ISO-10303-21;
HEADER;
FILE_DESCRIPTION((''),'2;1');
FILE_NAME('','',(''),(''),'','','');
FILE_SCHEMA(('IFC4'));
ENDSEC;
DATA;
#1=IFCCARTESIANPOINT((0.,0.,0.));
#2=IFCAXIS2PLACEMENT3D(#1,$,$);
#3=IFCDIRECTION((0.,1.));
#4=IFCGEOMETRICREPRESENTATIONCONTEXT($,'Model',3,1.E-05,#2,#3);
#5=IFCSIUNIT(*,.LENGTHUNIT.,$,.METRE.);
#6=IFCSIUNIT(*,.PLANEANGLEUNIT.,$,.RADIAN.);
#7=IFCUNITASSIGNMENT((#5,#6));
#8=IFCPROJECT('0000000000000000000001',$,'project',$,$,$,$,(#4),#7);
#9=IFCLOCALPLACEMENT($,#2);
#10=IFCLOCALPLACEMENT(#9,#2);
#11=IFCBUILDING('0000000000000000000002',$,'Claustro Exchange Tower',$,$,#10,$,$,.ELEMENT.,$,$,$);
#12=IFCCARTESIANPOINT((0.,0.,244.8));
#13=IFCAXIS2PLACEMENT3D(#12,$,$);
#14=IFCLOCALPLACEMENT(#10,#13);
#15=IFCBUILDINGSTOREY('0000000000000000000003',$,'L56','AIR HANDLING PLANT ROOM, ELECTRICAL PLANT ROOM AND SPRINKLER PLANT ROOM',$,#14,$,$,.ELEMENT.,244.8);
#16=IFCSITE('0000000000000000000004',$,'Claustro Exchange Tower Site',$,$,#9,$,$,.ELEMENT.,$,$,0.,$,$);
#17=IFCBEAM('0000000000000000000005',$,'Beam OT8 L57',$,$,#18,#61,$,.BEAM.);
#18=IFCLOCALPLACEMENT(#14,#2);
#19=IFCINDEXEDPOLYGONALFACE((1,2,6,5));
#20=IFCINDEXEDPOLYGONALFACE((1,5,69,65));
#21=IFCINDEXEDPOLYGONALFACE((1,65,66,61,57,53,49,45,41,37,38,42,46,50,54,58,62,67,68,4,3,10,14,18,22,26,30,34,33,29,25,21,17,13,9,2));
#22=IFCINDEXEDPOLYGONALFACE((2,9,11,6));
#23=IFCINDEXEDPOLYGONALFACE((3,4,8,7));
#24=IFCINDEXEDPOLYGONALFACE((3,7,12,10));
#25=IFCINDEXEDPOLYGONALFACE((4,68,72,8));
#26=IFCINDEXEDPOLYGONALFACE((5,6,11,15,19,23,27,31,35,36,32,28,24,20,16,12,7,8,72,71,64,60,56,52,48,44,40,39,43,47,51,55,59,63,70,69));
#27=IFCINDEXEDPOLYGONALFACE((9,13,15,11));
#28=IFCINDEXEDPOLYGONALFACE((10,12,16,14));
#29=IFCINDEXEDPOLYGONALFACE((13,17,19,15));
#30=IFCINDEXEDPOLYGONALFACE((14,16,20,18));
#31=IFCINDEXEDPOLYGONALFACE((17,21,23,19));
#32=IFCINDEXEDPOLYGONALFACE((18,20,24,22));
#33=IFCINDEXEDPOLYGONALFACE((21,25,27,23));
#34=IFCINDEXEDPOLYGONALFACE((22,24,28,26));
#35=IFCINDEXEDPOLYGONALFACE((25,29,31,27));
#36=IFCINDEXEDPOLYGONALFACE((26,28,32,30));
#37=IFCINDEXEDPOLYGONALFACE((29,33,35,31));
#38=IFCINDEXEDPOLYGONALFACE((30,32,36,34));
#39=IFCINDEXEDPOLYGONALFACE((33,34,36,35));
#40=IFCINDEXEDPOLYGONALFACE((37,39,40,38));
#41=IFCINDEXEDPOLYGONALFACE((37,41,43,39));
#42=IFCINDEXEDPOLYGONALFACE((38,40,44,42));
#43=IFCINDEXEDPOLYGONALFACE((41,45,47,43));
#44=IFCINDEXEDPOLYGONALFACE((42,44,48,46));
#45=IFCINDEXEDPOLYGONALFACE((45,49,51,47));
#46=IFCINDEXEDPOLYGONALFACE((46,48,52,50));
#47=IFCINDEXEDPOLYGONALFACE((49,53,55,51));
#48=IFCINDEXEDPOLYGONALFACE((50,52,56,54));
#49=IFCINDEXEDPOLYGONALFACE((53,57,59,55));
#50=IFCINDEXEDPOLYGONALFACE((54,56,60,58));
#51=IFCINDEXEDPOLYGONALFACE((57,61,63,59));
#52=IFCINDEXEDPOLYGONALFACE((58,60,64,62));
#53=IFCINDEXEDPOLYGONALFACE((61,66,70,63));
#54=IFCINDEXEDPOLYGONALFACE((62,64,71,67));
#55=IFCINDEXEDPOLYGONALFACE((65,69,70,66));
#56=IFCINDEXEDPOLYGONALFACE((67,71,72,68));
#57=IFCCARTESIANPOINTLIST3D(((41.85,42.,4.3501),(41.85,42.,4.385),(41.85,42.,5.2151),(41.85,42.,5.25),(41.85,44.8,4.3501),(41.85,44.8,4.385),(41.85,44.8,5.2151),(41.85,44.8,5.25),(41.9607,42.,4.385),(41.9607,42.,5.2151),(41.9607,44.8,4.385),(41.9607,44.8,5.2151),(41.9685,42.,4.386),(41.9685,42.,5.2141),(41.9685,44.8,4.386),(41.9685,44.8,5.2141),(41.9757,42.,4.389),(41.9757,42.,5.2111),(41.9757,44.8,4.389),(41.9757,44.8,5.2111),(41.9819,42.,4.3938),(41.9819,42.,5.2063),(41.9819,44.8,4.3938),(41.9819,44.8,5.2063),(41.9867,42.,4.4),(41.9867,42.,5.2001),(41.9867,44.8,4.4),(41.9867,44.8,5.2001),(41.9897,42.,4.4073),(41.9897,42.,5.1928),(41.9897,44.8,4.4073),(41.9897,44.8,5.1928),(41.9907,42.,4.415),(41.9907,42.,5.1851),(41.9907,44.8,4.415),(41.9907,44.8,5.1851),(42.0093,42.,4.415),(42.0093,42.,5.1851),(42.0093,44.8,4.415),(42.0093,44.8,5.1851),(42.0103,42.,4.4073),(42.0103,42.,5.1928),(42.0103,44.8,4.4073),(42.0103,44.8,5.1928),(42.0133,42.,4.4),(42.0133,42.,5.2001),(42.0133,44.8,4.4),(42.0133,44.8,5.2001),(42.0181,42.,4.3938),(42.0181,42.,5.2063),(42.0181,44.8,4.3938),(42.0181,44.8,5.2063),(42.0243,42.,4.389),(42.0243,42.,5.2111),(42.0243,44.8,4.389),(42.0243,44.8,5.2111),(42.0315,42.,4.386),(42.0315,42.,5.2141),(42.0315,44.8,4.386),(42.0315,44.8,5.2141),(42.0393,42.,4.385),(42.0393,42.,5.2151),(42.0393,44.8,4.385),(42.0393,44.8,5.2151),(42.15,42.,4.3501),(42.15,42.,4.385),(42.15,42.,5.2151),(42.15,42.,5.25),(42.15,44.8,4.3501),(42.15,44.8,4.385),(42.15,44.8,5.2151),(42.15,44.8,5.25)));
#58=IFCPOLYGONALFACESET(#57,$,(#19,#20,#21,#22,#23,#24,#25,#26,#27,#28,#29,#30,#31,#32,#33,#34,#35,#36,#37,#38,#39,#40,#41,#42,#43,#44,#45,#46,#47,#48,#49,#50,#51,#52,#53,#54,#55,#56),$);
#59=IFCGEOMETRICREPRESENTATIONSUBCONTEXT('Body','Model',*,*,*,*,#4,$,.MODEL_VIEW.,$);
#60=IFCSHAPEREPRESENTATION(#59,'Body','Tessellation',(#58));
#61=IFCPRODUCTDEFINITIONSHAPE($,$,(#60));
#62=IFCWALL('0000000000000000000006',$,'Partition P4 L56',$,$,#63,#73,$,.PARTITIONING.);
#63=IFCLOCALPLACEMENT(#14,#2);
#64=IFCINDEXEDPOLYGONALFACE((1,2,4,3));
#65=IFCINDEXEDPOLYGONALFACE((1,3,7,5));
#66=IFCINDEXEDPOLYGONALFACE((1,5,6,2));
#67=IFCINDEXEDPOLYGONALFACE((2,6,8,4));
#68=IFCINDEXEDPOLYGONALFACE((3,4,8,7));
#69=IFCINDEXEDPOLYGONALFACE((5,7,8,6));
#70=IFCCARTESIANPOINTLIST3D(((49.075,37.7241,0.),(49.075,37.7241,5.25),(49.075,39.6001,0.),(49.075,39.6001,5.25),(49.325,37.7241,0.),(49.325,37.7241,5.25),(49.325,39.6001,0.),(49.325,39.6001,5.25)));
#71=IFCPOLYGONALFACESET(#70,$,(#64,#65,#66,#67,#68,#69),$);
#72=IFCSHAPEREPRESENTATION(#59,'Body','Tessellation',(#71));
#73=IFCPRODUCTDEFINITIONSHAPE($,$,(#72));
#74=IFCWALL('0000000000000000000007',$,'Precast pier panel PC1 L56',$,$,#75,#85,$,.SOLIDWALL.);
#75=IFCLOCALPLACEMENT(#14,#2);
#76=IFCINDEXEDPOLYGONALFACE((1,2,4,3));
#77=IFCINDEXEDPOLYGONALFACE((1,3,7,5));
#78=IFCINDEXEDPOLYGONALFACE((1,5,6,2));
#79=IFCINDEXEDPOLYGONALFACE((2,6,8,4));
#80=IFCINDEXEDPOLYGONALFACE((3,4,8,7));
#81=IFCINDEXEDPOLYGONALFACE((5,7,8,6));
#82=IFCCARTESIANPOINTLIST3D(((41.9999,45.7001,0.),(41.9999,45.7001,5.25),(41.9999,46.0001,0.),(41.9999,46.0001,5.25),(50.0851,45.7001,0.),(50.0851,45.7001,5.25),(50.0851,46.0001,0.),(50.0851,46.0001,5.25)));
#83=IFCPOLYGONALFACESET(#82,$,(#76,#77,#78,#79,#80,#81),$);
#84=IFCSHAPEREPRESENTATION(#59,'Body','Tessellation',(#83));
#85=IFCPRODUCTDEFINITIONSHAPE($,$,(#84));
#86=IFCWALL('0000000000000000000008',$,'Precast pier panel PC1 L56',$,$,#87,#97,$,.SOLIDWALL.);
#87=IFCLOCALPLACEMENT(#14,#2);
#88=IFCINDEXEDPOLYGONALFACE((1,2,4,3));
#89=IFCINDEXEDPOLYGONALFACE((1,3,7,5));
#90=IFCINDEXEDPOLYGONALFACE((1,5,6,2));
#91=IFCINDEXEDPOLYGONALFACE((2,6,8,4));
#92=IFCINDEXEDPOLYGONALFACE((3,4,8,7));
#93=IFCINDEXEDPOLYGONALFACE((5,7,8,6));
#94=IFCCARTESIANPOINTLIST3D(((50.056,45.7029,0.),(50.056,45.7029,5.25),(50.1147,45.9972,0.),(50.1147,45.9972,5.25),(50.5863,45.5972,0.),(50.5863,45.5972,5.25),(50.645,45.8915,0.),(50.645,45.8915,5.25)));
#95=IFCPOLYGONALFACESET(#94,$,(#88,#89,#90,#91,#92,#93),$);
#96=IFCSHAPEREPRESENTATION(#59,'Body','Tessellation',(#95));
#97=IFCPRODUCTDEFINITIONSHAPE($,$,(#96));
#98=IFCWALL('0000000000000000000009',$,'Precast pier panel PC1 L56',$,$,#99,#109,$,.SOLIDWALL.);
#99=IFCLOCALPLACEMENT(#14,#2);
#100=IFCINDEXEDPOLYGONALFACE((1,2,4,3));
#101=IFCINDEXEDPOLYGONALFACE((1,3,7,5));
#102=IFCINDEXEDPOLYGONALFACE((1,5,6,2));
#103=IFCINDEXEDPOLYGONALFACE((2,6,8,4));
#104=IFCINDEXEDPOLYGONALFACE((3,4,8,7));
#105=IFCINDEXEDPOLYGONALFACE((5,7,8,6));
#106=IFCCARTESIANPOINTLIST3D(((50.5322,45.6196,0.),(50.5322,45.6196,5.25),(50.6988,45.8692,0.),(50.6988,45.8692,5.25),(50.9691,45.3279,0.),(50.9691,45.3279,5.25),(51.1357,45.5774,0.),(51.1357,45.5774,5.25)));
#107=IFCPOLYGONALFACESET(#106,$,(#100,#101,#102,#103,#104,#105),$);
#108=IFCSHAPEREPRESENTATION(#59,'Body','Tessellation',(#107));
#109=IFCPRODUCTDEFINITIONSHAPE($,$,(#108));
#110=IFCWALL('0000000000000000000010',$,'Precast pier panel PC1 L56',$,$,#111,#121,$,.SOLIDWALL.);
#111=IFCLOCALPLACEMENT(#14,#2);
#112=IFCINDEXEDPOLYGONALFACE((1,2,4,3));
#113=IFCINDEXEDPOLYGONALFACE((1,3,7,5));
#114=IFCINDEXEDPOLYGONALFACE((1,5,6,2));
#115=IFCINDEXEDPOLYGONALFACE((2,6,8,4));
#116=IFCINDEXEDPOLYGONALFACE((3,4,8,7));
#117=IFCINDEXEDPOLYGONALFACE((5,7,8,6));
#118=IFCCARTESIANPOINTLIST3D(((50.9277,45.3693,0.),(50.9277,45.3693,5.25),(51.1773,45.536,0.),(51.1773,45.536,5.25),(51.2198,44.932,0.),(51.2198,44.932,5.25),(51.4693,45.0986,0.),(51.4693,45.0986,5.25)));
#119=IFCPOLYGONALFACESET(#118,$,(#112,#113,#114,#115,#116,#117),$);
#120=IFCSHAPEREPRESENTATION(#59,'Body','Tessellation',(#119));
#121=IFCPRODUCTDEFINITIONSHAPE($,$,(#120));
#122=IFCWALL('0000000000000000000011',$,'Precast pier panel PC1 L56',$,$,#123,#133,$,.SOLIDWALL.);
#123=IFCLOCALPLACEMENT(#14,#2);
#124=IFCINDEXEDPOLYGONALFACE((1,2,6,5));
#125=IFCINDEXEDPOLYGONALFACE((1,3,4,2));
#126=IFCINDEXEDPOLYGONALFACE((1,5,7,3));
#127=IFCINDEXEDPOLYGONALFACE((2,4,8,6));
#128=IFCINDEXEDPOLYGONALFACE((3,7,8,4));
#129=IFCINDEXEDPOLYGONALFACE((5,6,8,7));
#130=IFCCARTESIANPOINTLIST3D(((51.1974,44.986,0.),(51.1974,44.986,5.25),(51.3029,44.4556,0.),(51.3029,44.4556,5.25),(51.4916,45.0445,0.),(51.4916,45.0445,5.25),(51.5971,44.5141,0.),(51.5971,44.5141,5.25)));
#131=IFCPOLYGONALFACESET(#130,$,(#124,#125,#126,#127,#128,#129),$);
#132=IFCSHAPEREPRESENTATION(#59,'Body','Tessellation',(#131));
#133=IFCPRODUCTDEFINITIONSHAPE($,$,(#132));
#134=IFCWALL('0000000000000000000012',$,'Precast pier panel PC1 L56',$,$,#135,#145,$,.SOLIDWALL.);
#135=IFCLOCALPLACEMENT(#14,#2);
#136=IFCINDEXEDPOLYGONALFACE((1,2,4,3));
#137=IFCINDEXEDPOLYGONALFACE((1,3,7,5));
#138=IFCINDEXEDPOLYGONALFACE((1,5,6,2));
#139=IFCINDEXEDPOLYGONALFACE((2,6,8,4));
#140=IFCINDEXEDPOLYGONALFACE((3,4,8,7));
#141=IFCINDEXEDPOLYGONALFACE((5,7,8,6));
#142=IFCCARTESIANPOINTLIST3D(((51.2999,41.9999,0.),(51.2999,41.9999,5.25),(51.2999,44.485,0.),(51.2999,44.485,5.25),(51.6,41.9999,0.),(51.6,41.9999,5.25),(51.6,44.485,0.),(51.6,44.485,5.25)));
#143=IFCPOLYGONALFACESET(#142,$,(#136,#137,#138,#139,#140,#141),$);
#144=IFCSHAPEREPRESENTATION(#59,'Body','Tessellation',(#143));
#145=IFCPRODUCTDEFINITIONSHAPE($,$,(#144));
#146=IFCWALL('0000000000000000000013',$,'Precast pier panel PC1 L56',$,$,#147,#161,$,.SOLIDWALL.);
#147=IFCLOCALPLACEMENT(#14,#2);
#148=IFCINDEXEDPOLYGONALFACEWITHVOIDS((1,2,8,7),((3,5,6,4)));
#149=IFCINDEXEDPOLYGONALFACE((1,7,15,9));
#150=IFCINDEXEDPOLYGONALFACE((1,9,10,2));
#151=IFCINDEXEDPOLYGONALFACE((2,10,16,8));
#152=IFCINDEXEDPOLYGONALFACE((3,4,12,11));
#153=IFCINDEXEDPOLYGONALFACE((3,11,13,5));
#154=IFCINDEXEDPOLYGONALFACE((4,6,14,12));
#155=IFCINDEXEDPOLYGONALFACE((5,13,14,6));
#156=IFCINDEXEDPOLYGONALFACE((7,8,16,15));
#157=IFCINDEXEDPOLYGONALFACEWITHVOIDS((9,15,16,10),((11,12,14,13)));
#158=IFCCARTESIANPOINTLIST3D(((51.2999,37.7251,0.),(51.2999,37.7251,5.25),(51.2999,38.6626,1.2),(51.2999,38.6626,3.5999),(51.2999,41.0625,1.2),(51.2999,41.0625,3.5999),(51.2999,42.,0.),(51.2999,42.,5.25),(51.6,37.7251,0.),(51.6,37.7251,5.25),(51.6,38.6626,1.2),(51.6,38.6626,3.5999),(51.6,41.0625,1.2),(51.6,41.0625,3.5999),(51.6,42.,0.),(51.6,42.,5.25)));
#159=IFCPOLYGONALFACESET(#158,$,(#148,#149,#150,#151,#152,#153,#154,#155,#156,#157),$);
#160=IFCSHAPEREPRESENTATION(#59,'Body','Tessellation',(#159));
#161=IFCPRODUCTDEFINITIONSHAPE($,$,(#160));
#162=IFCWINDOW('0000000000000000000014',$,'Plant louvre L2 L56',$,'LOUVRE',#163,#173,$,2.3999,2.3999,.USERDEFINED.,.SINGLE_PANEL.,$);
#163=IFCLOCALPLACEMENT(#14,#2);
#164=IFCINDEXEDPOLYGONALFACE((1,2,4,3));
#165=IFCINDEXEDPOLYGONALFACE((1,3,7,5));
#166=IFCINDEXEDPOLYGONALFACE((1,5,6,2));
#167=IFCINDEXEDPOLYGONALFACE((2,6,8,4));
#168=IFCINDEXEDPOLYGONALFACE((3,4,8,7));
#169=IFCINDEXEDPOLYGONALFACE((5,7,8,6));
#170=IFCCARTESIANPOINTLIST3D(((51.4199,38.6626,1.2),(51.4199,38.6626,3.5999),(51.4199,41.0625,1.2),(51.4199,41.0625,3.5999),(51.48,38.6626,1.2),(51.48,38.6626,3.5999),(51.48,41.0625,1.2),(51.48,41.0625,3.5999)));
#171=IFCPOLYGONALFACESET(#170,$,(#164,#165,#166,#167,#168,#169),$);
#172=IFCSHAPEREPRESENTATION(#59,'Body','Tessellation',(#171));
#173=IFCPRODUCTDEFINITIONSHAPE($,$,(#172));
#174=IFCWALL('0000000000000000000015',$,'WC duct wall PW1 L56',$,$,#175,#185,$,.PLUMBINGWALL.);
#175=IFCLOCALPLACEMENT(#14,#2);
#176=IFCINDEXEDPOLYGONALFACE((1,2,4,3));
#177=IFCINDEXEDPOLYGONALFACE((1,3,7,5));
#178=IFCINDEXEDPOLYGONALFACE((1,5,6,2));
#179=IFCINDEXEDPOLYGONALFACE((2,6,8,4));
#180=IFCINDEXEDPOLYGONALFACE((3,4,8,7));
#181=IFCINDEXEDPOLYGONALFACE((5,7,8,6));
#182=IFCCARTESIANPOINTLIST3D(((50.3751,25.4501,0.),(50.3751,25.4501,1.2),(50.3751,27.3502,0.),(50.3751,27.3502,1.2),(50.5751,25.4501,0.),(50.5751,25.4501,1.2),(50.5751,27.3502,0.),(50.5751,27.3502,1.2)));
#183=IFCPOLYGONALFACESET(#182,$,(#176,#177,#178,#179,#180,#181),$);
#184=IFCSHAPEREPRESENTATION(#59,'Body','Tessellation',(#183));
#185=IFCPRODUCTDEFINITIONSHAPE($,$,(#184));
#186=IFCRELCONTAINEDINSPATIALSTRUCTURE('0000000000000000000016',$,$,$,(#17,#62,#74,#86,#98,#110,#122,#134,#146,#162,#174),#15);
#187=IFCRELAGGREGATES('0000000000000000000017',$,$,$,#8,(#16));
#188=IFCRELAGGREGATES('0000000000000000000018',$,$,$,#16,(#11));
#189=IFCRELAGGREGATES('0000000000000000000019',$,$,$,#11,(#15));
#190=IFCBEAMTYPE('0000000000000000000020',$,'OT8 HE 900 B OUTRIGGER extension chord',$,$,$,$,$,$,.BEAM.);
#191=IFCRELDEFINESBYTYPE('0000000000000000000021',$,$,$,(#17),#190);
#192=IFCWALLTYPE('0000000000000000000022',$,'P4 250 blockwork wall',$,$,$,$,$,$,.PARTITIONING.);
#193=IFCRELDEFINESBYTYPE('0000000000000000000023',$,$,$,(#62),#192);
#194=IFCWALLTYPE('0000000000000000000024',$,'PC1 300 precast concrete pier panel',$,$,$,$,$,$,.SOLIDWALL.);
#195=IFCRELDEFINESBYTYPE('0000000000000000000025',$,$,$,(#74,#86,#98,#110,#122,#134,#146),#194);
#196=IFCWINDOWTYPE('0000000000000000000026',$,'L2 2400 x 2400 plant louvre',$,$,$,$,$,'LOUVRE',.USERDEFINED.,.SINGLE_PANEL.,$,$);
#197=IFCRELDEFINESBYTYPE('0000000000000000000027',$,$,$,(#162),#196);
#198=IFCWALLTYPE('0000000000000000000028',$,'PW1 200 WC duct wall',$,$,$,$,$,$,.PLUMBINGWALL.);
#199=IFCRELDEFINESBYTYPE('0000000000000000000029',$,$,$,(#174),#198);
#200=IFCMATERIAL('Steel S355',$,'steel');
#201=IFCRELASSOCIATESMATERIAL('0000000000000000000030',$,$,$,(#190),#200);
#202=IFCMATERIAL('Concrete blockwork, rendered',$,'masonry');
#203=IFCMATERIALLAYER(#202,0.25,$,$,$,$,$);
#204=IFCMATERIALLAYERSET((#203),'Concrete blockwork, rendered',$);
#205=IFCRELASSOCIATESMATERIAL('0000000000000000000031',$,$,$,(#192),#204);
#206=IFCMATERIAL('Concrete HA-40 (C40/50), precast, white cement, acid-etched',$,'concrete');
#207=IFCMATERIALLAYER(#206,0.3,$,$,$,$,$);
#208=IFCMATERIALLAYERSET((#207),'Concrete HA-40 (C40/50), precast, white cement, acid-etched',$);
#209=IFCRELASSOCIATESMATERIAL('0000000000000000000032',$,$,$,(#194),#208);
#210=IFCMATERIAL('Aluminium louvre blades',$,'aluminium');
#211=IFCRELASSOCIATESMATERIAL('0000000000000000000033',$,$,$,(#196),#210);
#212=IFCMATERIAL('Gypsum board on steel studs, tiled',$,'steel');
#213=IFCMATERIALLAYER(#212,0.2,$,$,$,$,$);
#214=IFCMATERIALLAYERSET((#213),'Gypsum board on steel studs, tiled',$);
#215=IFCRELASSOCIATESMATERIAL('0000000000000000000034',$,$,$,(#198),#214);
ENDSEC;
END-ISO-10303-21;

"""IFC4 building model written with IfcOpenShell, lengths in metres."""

from ifc_helpers import new_model, si_unit, direction, frame, frame_2d, origin, origin_2d, place, context, subcontext, project, spatial, rectangle, i_section, extrude, material, layer, layer_set, material_profile, profile_set, type_object, element, fill, save


model = new_model("IFC4")

# Units and contexts
model_context = context("Model", 3, precision=1e-05, world=origin(), true_north=direction((0.0, 1.0)))
body_context = subcontext(model_context, "Body", "Model", "MODEL_VIEW")
ifc_project = project(units=[si_unit("LENGTHUNIT", "METRE"), si_unit("PLANEANGLEUNIT", "RADIAN")], contexts=[model_context])

# Site, building, storey
site_placement = place(None, origin())
site = spatial("IfcSite", under=ifc_project, at=site_placement, Name="Claustro Exchange Tower Site", CompositionType="ELEMENT", RefElevation=0.0)
building_placement = place(site_placement, origin())
building = spatial("IfcBuilding", under=site, at=building_placement, Name="Claustro Exchange Tower", CompositionType="ELEMENT")
storey_placement = place(building_placement, frame((0.0, 0.0, 244.8)))
storey = spatial("IfcBuildingStorey", under=building, at=storey_placement, Name="L56", Description="AIR HANDLING PLANT ROOM, ELECTRICAL PLANT ROOM AND SPRINKLER PLANT ROOM", CompositionType="ELEMENT", Elevation=244.8)

# Beam
ifc_material_1 = material(Name="Steel S355", Category="steel")
ifc_material_profile_1 = material_profile(ifc_material_1, i_section(OverallWidth=0.3, OverallDepth=0.8999, WebThickness=0.0186, FlangeThickness=0.0349, FilletRadius=0.03, at=origin_2d()), Name="HE 900 B")
ifc_profile_set_1 = profile_set([ifc_material_profile_1], Name="Steel S355")
beam_type_1 = type_object("IfcBeamType", Name="OT8 HE 900 B OUTRIGGER extension chord", PredefinedType="BEAM", material=ifc_profile_set_1)
beam_1_placement = place(storey_placement, frame((42.0, 42.0, 4.8), z_axis=(0.0, 1.0, 0.0), x_axis=(-1.0, 0.0, 0.0)))
element("IfcBeam", 1, at=beam_1_placement, inside=storey, type_object=beam_type_1, Name="Beam OT8 L57", PredefinedType="BEAM", context=body_context, shape_type="SweptSolid", body=[
    extrude(i_section(OverallWidth=0.3, OverallDepth=0.8999, WebThickness=0.0186, FlangeThickness=0.0349, FilletRadius=0.03, at=origin_2d()), origin(), (0.0, 0.0, 1.0), 2.8),
])

# Walls
ifc_material_2 = material(Name="Concrete blockwork, rendered", Category="masonry")
ifc_layer_1 = layer(ifc_material_2, 0.25)
ifc_layer_set_1 = layer_set([ifc_layer_1], Name="Concrete blockwork, rendered")
wall_type_1 = type_object("IfcWallType", Name="P4 250 blockwork wall", PredefinedType="PARTITIONING", material=ifc_layer_set_1)
wall_1_placement = place(storey_placement, frame((49.2, 37.7241, 0.0), z_axis=(0.0, 0.0, 1.0), x_axis=(0.0, 1.0, 0.0)))
element("IfcWall", 2, at=wall_1_placement, inside=storey, type_object=wall_type_1, Name="Partition P4 L56", PredefinedType="PARTITIONING", context=body_context, shape_type="SweptSolid", body=[
    extrude(rectangle(XDim=1.876, YDim=0.25, at=frame_2d((0.938, 0.0))), origin(), (0.0, 0.0, 1.0), 5.25),
])
ifc_material_3 = material(Name="Concrete HA-40 (C40/50), precast, white cement, acid-etched", Category="concrete")
ifc_layer_2 = layer(ifc_material_3, 0.3)
ifc_layer_set_2 = layer_set([ifc_layer_2], Name="Concrete HA-40 (C40/50), precast, white cement, acid-etched")
wall_type_2 = type_object("IfcWallType", Name="PC1 300 precast concrete pier panel", PredefinedType="SOLIDWALL", material=ifc_layer_set_2)
wall_2_placement = place(storey_placement, frame((42.0, 45.8501, 0.0), z_axis=(0.0, 0.0, 1.0), x_axis=(1.0, 0.0, 0.0)))
element("IfcWall", 3, at=wall_2_placement, inside=storey, type_object=wall_type_2, Name="Precast pier panel PC1 L56", PredefinedType="SOLIDWALL", context=body_context, shape_type="SweptSolid", body=[
    extrude(rectangle(XDim=8.0852, YDim=0.3, at=frame_2d((4.0425, 0.0))), origin(), (0.0, 0.0, 1.0), 5.25),
])
wall_3_placement = place(storey_placement, frame((50.0852, 45.8501, 0.0), z_axis=(0.0, 0.0, 1.0), x_axis=(0.980702, -0.195508, 0.0)))
element("IfcWall", 4, at=wall_3_placement, inside=storey, type_object=wall_type_2, Name="Precast pier panel PC1 L56", PredefinedType="SOLIDWALL", context=body_context, shape_type="SweptSolid", body=[
    extrude(rectangle(XDim=0.5408, YDim=0.3, at=frame_2d((0.2705, 0.0))), origin(), (0.0, 0.0, 1.0), 5.25),
])
wall_4_placement = place(storey_placement, frame((50.6155, 45.7444, 0.0), z_axis=(0.0, 0.0, 1.0), x_axis=(0.831693, -0.555236, 0.0)))
element("IfcWall", 5, at=wall_4_placement, inside=storey, type_object=wall_type_2, Name="Precast pier panel PC1 L56", PredefinedType="SOLIDWALL", context=body_context, shape_type="SweptSolid", body=[
    extrude(rectangle(XDim=0.5254, YDim=0.3, at=frame_2d((0.2627, 0.0))), origin(), (0.0, 0.0, 1.0), 5.25),
])
wall_5_placement = place(storey_placement, frame((51.0525, 45.4526, 0.0), z_axis=(0.0, 0.0, 1.0), x_axis=(0.555343, -0.831621, 0.0)))
element("IfcWall", 6, at=wall_5_placement, inside=storey, type_object=wall_type_2, Name="Precast pier panel PC1 L56", PredefinedType="SOLIDWALL", context=body_context, shape_type="SweptSolid", body=[
    extrude(rectangle(XDim=0.5259, YDim=0.3, at=frame_2d((0.2629, 0.0))), origin(), (0.0, 0.0, 1.0), 5.25),
])
wall_6_placement = place(storey_placement, frame((51.3445, 45.0154, 0.0), z_axis=(0.0, 0.0, 1.0), x_axis=(0.195074, -0.980789, 0.0)))
element("IfcWall", 7, at=wall_6_placement, inside=storey, type_object=wall_type_2, Name="Precast pier panel PC1 L56", PredefinedType="SOLIDWALL", context=body_context, shape_type="SweptSolid", body=[
    extrude(rectangle(XDim=0.5408, YDim=0.3, at=frame_2d((0.2705, 0.0))), origin(), (0.0, 0.0, 1.0), 5.25),
])
wall_7_placement = place(storey_placement, frame((51.45, 44.4851, 0.0), z_axis=(0.0, 0.0, 1.0), x_axis=(0.0, -1.0, 0.0)))
element("IfcWall", 8, at=wall_7_placement, inside=storey, type_object=wall_type_2, Name="Precast pier panel PC1 L56", PredefinedType="SOLIDWALL", context=body_context, shape_type="SweptSolid", body=[
    extrude(rectangle(XDim=2.4851, YDim=0.3, at=frame_2d((1.2427, 0.0))), origin(), (0.0, 0.0, 1.0), 5.25),
])

# Wall, opening, window
wall_8_placement = place(storey_placement, frame((51.45, 42.0, 0.0), z_axis=(0.0, 0.0, 1.0), x_axis=(0.0, -1.0, 0.0)))
wall_8 = element("IfcWall", 9, at=wall_8_placement, inside=storey, type_object=wall_type_2, Name="Precast pier panel PC1 L56", PredefinedType="SOLIDWALL", context=body_context, shape_type="SweptSolid", body=[
    extrude(rectangle(XDim=4.2749, YDim=0.3, at=frame_2d((2.1375, 0.0))), origin(), (0.0, 0.0, 1.0), 5.25),
])
opening_placement = place(wall_8_placement, frame((0.9375, 0.0, 1.2)))
opening = element("IfcOpeningElement", 10, at=opening_placement, cuts=wall_8, PredefinedType="OPENING", context=body_context, shape_type="SweptSolid", body=[
    extrude(rectangle(XDim=2.3999, YDim=2.3999, at=frame_2d((1.2, 1.2))), frame((0.0, 0.1599, 0.0), z_axis=(0.0, -1.0, 0.0), x_axis=(1.0, 0.0, 0.0)), (0.0, 0.0, 1.0), 0.3201),
])
ifc_material_4 = material(Name="Aluminium louvre blades", Category="aluminium")
window_type = type_object("IfcWindowType", Name="L2 2400 x 2400 plant louvre", ElementType="LOUVRE", PartitioningType="SINGLE_PANEL", PredefinedType="USERDEFINED", material=ifc_material_4)
window_placement = place(opening_placement, origin())
window = element("IfcWindow", 11, at=window_placement, inside=storey, type_object=window_type, Name="Plant louvre L2 L56", ObjectType="LOUVRE", OverallHeight=2.3999, OverallWidth=2.3999, PartitioningType="SINGLE_PANEL", PredefinedType="USERDEFINED", context=body_context, shape_type="SweptSolid", body=[
    extrude(rectangle(XDim=2.3999, YDim=2.3999, at=frame_2d((1.2, 1.2))), frame((0.0, 0.03, 0.0), z_axis=(0.0, -1.0, 0.0), x_axis=(1.0, 0.0, 0.0)), (0.0, 0.0, 1.0), 0.0601),
])
fill(opening, window)

# Wall
ifc_material_5 = material(Name="Gypsum board on steel studs, tiled", Category="steel")
ifc_layer_3 = layer(ifc_material_5, 0.2)
ifc_layer_set_3 = layer_set([ifc_layer_3], Name="Gypsum board on steel studs, tiled")
wall_type_3 = type_object("IfcWallType", Name="PW1 200 WC duct wall", PredefinedType="PLUMBINGWALL", material=ifc_layer_set_3)
wall_9_placement = place(storey_placement, frame((50.4751, 25.45, 0.0), z_axis=(0.0, 0.0, 1.0), x_axis=(0.0, 1.0, 0.0)))
element("IfcWall", 12, at=wall_9_placement, inside=storey, type_object=wall_type_3, Name="WC duct wall PW1 L56", PredefinedType="PLUMBINGWALL", context=body_context, shape_type="SweptSolid", body=[
    extrude(rectangle(XDim=1.9001, YDim=0.2, at=frame_2d((0.9502, 0.0))), origin(), (0.0, 0.0, 1.0), 1.2),
])

save(model, "model.ifc")
